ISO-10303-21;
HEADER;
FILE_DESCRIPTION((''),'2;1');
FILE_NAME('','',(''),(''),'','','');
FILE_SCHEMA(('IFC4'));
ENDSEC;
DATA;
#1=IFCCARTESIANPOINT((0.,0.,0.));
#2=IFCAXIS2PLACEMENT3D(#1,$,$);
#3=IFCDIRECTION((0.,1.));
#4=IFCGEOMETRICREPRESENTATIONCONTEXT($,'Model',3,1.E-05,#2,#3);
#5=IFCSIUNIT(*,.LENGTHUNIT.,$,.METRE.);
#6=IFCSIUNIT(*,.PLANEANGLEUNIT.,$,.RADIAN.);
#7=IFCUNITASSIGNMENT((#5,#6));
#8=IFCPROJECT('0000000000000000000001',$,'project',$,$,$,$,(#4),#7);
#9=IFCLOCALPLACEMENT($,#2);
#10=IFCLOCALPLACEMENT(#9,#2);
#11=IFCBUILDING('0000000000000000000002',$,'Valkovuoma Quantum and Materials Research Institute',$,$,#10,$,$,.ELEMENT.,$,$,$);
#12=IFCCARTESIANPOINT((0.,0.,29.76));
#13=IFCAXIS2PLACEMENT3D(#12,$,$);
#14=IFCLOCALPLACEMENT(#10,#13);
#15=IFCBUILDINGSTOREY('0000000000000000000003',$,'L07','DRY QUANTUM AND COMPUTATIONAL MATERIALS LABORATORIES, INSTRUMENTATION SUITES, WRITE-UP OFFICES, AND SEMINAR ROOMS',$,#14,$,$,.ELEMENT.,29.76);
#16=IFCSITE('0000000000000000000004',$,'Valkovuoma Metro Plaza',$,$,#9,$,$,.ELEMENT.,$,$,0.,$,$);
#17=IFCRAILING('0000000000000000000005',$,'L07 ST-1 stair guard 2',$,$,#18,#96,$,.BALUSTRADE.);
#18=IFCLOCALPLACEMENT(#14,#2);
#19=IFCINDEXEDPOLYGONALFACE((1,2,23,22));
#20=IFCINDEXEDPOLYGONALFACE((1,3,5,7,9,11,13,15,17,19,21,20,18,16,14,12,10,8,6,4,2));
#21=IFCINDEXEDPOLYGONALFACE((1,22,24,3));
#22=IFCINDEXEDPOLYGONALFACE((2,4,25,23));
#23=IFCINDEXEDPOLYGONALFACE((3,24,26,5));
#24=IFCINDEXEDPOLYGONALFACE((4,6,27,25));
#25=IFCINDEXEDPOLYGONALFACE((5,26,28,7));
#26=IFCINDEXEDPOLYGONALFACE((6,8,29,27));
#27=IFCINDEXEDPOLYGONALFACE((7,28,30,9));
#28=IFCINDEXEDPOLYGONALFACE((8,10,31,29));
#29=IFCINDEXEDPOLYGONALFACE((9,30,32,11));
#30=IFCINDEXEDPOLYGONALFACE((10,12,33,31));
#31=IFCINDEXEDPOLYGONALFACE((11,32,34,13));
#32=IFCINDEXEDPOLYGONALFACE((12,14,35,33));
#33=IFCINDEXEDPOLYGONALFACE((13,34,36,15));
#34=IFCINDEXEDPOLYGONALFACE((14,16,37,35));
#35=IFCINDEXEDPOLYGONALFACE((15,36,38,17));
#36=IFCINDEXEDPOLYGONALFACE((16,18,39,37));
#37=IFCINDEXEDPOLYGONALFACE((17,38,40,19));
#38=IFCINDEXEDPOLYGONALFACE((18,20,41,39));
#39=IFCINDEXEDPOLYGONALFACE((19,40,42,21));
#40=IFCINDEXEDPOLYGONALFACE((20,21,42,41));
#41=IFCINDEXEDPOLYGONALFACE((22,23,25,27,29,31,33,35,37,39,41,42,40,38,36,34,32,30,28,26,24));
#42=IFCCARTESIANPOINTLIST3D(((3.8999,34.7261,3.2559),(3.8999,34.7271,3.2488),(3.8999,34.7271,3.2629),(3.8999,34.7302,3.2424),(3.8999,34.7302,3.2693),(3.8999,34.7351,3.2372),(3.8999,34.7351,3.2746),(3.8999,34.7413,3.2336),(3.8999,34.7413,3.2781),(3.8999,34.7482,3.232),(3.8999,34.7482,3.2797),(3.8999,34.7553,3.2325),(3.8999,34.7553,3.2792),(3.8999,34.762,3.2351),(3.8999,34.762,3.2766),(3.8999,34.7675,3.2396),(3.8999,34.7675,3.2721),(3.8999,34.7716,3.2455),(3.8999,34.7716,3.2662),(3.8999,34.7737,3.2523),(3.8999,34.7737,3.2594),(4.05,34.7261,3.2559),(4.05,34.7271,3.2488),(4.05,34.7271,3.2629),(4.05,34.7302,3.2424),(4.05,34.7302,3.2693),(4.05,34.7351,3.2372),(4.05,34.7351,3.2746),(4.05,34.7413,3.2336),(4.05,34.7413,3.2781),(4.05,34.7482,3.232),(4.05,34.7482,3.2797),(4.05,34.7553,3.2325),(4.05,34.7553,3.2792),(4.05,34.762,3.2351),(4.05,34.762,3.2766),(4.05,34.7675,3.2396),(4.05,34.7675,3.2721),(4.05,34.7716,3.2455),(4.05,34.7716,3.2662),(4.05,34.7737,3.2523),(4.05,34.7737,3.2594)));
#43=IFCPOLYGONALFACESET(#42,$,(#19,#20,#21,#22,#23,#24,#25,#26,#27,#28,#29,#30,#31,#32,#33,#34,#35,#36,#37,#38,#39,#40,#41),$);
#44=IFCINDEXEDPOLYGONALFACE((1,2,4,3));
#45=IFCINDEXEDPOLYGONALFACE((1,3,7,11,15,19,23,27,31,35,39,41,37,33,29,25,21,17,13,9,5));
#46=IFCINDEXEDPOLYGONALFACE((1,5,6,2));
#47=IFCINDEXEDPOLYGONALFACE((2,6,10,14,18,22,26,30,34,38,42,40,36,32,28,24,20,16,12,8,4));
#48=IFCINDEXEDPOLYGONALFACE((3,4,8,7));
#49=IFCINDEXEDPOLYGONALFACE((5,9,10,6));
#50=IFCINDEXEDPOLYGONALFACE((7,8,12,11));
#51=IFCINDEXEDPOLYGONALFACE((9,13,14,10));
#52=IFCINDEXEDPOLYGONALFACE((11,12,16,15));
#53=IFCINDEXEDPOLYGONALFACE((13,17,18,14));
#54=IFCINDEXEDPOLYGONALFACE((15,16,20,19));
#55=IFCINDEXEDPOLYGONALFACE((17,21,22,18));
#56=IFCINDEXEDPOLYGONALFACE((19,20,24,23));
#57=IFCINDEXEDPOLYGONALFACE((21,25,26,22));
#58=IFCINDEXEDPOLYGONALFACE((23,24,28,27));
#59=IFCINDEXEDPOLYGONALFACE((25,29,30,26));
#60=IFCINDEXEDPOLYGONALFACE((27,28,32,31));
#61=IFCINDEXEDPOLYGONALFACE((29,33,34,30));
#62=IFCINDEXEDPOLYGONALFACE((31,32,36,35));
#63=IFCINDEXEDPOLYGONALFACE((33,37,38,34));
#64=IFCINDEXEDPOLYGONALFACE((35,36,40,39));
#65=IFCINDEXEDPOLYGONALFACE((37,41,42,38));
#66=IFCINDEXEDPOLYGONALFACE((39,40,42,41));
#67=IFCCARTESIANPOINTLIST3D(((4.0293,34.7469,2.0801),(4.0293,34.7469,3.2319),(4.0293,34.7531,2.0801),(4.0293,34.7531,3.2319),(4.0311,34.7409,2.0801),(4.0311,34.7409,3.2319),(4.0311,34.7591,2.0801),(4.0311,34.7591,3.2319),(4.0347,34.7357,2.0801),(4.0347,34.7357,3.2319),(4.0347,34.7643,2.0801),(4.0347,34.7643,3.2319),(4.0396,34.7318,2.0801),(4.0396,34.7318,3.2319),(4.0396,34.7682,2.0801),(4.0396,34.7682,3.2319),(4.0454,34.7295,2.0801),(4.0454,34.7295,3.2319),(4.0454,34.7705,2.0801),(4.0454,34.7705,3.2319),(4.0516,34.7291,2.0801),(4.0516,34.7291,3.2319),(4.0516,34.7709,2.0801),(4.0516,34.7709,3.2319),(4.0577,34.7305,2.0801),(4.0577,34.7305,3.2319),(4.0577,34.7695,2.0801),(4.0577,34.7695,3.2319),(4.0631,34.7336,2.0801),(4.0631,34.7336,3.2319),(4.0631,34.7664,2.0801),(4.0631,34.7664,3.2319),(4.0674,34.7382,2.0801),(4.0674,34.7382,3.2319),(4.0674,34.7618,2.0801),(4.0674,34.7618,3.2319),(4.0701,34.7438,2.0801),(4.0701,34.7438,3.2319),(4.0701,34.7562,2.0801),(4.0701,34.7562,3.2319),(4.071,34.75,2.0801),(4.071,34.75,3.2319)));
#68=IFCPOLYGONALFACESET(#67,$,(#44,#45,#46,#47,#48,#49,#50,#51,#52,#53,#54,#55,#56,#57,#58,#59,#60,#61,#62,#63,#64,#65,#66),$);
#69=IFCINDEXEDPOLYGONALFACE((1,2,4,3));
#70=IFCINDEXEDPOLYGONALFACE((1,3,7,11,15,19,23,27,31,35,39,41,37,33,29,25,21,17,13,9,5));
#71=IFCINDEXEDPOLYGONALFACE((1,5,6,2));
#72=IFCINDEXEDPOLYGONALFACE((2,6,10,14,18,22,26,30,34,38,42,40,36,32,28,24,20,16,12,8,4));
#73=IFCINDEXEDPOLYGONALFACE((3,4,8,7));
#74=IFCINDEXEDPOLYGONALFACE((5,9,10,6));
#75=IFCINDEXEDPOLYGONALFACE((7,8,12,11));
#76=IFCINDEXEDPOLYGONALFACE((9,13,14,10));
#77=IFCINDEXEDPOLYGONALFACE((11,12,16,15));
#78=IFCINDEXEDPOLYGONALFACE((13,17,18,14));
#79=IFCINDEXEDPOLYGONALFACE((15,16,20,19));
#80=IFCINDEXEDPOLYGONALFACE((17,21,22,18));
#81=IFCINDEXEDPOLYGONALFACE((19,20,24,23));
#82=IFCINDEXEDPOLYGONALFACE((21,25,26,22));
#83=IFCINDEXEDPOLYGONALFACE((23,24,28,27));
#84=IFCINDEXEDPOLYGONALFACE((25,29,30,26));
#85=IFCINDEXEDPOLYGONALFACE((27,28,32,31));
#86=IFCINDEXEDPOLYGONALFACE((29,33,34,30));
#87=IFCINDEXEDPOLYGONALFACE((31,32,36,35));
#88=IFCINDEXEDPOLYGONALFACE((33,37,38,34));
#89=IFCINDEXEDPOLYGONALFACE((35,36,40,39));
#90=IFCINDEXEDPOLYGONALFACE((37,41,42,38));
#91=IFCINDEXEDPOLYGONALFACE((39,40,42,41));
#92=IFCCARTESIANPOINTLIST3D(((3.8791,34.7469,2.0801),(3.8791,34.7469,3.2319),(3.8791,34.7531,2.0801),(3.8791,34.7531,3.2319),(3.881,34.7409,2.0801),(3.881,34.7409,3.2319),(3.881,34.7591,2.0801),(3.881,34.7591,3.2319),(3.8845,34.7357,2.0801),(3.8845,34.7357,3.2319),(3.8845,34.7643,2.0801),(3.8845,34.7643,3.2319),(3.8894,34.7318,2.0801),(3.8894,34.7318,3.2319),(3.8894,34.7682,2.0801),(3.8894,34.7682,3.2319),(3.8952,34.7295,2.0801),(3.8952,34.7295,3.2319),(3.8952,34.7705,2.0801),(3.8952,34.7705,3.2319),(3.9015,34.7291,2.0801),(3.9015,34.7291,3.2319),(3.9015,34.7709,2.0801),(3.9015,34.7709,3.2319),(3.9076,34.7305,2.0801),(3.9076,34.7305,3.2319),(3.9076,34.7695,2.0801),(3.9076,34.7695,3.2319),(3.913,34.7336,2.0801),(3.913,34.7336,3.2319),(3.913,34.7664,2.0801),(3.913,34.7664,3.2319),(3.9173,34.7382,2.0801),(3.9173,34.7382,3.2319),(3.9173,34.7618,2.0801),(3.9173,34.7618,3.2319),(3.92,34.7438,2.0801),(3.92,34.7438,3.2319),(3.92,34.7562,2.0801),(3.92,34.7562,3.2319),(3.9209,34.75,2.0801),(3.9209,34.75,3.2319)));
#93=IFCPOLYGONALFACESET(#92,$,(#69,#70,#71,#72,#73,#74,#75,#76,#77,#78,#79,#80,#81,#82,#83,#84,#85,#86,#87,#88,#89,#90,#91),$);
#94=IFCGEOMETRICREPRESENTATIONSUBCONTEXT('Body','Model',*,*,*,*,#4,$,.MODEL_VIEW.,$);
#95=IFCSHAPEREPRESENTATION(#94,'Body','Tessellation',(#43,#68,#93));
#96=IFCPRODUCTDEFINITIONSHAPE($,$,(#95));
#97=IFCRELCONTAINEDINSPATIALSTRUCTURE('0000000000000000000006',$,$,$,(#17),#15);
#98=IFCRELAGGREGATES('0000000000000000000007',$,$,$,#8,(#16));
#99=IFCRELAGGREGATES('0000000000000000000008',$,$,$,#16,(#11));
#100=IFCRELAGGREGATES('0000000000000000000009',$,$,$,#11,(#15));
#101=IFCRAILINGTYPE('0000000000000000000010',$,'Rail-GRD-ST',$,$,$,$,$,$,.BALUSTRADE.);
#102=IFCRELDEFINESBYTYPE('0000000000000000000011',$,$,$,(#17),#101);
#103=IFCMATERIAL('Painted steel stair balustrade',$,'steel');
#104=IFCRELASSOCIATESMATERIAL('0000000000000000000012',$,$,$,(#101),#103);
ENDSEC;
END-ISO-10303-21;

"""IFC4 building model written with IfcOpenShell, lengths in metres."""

from ifc_helpers import new_model, si_unit, direction, frame, origin, origin_2d, place, context, subcontext, project, spatial, circle, extrude, material, type_object, element, save


model = new_model("IFC4")

# Units and contexts
model_context = context("Model", 3, precision=1e-05, world=origin(), true_north=direction((0.0, 1.0)))
body_context = subcontext(model_context, "Body", "Model", "MODEL_VIEW")
ifc_project = project(units=[si_unit("LENGTHUNIT", "METRE"), si_unit("PLANEANGLEUNIT", "RADIAN")], contexts=[model_context])

# Site, building, storey
site_placement = place(None, origin())
site = spatial("IfcSite", under=ifc_project, at=site_placement, Name="Valkovuoma Metro Plaza", CompositionType="ELEMENT", RefElevation=0.0)
building_placement = place(site_placement, origin())
building = spatial("IfcBuilding", under=site, at=building_placement, Name="Valkovuoma Quantum and Materials Research Institute", CompositionType="ELEMENT")
storey_placement = place(building_placement, frame((0.0, 0.0, 29.76)))
storey = spatial("IfcBuildingStorey", under=building, at=storey_placement, Name="L07", Description="DRY QUANTUM AND COMPUTATIONAL MATERIALS LABORATORIES, INSTRUMENTATION SUITES, WRITE-UP OFFICES, AND SEMINAR ROOMS", CompositionType="ELEMENT", Elevation=29.76)

# Railing
ifc_material_1 = material(Name="Painted steel stair balustrade", Category="steel")
railing_type_1 = type_object("IfcRailingType", Name="Rail-GRD-ST", PredefinedType="BALUSTRADE", material=ifc_material_1)
railing_1_placement = place(storey_placement, frame((4.05, 34.75, 2.0801)))
element("IfcRailing", 1, at=railing_1_placement, inside=storey, type_object=railing_type_1, Name="L07 ST-1 stair guard 2", PredefinedType="BALUSTRADE", context=body_context, shape_type="SweptSolid", body=[
    extrude(circle(Radius=0.0239, at=origin_2d()), frame((0.0, 0.0, 1.1758), z_axis=(-1.0, 0.0, 0.0), x_axis=(0.0, -1.0, 0.0)), (0.0, 0.0, 1.0), 0.1501),
    extrude(circle(Radius=0.021, at=origin_2d()), origin(), (0.0, 0.0, 1.0), 1.1519),
    extrude(circle(Radius=0.021, at=origin_2d()), frame((-0.1501, 0.0, 0.0)), (0.0, 0.0, 1.0), 1.1519),
])

save(model, "model.ifc")
